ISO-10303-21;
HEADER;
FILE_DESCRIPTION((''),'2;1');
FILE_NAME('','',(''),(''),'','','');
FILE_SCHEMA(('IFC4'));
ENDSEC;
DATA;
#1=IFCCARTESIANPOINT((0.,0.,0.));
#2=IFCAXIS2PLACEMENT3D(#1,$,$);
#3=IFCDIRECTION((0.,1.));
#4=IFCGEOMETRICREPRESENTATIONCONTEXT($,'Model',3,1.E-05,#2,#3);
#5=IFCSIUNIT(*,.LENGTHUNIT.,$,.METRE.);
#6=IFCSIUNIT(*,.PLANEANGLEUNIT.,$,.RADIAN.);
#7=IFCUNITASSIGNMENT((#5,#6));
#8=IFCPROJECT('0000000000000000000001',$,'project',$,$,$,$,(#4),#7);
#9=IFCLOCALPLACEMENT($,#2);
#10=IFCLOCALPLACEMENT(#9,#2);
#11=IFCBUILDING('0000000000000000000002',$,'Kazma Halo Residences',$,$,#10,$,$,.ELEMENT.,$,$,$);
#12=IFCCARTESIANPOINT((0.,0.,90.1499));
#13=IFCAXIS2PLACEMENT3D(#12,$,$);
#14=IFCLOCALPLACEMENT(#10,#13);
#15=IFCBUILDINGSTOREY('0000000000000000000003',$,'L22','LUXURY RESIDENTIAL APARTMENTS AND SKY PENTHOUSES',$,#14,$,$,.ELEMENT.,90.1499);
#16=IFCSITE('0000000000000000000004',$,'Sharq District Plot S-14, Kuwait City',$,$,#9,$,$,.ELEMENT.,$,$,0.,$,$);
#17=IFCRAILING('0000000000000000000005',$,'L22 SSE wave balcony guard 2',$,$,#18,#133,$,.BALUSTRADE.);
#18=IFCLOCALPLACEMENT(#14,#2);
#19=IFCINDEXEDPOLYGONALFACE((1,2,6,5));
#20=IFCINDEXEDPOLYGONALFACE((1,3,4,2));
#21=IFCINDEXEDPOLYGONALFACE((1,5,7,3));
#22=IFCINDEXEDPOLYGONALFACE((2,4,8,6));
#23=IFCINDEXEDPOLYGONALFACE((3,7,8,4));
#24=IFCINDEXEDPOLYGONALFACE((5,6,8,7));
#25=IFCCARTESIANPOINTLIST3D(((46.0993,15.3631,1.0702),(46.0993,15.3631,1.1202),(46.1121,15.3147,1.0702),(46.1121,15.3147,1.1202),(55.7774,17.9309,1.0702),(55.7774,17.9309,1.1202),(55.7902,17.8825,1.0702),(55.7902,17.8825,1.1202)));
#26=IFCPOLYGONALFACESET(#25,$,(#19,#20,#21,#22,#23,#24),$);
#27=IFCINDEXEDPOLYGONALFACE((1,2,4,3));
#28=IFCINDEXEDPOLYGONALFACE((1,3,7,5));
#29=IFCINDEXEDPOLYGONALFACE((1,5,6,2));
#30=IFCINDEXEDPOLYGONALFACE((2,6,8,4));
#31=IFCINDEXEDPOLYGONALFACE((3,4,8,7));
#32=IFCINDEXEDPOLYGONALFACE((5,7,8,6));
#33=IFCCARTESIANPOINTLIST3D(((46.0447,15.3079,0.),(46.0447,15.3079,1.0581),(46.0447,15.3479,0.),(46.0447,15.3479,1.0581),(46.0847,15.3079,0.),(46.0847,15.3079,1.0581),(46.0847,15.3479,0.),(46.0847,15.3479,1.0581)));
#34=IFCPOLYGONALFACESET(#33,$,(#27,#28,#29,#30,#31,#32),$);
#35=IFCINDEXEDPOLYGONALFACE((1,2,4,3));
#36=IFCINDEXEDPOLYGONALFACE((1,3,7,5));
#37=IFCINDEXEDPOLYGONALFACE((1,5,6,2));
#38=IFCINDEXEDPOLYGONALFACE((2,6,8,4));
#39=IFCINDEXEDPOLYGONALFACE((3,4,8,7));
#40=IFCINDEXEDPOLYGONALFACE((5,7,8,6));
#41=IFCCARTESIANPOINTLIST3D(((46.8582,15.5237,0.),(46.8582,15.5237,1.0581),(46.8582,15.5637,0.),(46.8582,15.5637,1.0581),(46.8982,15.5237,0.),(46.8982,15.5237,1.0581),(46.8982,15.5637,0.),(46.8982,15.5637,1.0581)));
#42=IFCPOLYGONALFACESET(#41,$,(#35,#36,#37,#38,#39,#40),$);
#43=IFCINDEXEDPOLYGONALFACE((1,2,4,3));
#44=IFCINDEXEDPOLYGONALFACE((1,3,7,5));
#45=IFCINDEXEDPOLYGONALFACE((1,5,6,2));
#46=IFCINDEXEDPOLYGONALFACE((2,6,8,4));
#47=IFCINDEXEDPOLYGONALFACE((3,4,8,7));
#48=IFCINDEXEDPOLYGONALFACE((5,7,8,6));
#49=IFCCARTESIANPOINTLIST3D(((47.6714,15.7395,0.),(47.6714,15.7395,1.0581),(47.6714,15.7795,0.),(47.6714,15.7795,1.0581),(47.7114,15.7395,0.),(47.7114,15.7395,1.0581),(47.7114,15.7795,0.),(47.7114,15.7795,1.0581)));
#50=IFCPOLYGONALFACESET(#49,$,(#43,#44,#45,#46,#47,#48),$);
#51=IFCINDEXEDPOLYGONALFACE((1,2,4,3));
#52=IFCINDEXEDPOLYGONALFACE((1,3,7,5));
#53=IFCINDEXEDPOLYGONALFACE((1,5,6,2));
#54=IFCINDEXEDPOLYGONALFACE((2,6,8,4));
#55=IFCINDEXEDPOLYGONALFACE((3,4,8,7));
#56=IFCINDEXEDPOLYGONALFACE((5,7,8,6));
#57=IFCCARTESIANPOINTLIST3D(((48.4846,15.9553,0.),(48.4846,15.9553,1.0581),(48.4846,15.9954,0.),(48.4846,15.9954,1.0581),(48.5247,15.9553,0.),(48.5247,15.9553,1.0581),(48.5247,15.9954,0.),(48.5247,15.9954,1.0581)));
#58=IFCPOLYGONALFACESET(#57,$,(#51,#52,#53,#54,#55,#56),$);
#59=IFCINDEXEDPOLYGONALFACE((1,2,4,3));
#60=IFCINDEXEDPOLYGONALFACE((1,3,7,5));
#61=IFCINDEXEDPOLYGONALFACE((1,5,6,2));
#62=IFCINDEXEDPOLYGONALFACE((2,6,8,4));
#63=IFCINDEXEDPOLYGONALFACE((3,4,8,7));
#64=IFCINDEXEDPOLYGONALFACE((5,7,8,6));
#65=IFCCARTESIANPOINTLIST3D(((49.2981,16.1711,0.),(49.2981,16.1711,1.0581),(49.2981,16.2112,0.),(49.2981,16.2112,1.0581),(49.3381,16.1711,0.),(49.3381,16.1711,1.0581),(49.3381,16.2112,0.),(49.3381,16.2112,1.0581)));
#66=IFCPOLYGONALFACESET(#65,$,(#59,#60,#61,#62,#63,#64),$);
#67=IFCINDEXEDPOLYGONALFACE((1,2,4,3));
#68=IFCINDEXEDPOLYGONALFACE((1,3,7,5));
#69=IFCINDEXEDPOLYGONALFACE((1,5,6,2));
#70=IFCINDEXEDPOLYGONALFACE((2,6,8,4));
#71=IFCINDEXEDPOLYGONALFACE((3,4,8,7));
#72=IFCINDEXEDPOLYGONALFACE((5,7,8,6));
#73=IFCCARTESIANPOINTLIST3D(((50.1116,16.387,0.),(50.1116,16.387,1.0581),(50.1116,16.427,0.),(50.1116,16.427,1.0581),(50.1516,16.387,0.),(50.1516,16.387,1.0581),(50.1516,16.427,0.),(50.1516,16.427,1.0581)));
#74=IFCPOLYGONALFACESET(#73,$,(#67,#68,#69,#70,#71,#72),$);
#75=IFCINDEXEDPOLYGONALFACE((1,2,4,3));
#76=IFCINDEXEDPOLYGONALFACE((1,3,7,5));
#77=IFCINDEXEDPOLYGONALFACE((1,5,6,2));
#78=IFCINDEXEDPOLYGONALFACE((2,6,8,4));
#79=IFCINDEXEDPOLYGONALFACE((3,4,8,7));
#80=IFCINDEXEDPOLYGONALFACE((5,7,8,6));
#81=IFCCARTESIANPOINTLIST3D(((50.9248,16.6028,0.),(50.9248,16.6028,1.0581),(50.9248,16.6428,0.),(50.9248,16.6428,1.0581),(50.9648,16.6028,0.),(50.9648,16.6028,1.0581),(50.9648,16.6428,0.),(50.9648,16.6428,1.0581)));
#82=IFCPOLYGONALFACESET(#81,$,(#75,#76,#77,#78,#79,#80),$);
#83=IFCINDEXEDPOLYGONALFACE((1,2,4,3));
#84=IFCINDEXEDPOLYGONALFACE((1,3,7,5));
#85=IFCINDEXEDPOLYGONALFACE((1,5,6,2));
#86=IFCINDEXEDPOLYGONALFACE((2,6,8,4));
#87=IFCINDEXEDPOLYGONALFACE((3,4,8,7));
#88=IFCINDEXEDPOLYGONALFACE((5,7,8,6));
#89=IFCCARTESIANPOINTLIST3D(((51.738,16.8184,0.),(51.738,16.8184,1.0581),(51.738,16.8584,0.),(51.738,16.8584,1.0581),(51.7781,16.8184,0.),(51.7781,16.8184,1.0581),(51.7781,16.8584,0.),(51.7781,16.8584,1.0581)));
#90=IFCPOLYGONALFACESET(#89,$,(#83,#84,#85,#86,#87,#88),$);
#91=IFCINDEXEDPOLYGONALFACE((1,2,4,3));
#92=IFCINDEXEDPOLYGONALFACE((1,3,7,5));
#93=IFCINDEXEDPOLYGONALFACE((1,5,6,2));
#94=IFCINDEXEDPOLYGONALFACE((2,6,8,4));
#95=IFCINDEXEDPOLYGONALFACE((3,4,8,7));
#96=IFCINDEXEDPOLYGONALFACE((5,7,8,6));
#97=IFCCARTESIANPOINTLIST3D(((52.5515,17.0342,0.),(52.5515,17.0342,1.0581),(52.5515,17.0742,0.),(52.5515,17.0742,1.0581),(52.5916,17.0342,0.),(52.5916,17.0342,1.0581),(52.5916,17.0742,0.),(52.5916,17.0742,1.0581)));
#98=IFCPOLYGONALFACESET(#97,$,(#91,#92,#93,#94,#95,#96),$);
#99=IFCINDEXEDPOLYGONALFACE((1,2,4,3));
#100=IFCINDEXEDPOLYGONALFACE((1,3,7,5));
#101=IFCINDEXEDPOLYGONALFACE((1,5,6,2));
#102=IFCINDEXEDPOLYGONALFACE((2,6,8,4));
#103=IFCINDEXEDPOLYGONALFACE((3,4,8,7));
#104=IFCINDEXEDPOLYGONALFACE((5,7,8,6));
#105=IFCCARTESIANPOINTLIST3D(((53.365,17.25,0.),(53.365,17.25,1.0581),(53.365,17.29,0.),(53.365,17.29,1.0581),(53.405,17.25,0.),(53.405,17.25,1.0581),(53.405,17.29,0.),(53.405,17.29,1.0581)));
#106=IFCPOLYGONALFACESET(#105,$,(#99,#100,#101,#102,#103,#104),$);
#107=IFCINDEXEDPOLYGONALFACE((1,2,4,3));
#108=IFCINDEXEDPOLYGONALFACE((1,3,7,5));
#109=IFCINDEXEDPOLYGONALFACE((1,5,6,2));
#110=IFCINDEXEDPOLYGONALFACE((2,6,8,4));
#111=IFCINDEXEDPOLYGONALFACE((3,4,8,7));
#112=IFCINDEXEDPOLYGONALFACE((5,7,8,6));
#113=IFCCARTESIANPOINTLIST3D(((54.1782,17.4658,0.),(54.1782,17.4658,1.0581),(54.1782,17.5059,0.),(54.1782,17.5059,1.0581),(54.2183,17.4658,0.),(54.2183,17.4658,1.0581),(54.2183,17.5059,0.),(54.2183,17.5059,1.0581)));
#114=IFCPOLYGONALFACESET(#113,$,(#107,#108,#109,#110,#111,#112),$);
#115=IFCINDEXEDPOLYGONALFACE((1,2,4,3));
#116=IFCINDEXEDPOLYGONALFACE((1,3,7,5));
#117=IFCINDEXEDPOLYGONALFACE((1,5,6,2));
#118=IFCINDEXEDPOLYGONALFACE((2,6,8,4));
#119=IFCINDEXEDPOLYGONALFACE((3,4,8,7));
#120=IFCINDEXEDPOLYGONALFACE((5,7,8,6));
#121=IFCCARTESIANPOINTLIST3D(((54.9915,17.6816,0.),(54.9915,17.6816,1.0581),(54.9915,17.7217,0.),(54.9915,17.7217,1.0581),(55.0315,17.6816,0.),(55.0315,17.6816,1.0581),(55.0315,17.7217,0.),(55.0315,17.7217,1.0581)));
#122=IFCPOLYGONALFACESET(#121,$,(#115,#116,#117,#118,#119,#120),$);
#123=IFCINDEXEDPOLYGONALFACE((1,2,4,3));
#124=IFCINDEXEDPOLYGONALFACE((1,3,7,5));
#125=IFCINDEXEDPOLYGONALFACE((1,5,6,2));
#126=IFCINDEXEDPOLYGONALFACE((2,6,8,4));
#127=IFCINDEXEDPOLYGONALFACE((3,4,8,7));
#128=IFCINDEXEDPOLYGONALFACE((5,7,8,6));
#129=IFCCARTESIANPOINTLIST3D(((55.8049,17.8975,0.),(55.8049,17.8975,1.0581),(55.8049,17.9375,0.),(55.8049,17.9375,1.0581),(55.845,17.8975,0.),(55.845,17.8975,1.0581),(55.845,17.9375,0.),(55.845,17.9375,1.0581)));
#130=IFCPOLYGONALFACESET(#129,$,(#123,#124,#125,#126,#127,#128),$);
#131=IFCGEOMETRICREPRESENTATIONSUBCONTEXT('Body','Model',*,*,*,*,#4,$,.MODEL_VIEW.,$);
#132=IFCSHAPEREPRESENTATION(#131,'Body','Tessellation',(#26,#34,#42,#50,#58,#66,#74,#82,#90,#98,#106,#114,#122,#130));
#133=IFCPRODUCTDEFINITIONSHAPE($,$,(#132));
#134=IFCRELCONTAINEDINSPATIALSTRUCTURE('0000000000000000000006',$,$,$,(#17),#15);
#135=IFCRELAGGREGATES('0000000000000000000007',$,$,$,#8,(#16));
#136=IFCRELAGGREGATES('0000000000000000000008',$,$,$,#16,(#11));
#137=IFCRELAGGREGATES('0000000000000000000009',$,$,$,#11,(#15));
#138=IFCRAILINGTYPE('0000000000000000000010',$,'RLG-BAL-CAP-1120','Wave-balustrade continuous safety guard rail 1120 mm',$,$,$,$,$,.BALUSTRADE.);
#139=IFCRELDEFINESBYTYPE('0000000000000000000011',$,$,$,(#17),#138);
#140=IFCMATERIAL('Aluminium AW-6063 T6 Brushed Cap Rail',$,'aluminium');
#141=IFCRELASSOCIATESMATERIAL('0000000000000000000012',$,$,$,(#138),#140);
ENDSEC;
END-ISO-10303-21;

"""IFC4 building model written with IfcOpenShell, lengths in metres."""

from ifc_helpers import new_model, si_unit, direction, frame, origin, origin_2d, place, context, subcontext, project, spatial, rectangle, extrude, material, type_object, element, save


model = new_model("IFC4")

# Units and contexts
model_context = context("Model", 3, precision=1e-05, world=origin(), true_north=direction((0.0, 1.0)))
body_context = subcontext(model_context, "Body", "Model", "MODEL_VIEW")
ifc_project = project(units=[si_unit("LENGTHUNIT", "METRE"), si_unit("PLANEANGLEUNIT", "RADIAN")], contexts=[model_context])

# Site, building, storey
site_placement = place(None, origin())
site = spatial("IfcSite", under=ifc_project, at=site_placement, Name="Sharq District Plot S-14, Kuwait City", CompositionType="ELEMENT", RefElevation=0.0)
building_placement = place(site_placement, origin())
building = spatial("IfcBuilding", under=site, at=building_placement, Name="Kazma Halo Residences", CompositionType="ELEMENT")
storey_placement = place(building_placement, frame((0.0, 0.0, 90.1499)))
storey = spatial("IfcBuildingStorey", under=building, at=storey_placement, Name="L22", Description="LUXURY RESIDENTIAL APARTMENTS AND SKY PENTHOUSES", CompositionType="ELEMENT", Elevation=90.1499)

# Railing
ifc_material_1 = material(Name="Aluminium AW-6063 T6 Brushed Cap Rail", Category="aluminium")
railing_type = type_object("IfcRailingType", Name="RLG-BAL-CAP-1120", Description="Wave-balustrade continuous safety guard rail 1120 mm", PredefinedType="BALUSTRADE", material=ifc_material_1)
railing_1_placement = place(storey_placement, frame((46.0647, 15.3279, 0.0)))
element("IfcRailing", 1, at=railing_1_placement, inside=storey, type_object=railing_type, Name="L22 SSE wave balcony guard 2", PredefinedType="BALUSTRADE", context=body_context, shape_type="SweptSolid", body=[
    extrude(rectangle(XDim=0.05, YDim=0.05, at=origin_2d()), frame((0.041, 0.011, 1.0952), z_axis=(0.966558, 0.256448, 0.0), x_axis=(-0.256448, 0.966558, 0.0)), (0.0, 0.0, 1.0), 10.0129),
    extrude(rectangle(XDim=0.04, YDim=0.04, at=origin_2d()), origin(), (0.0, 0.0, 1.0), 1.0581),
    extrude(rectangle(XDim=0.04, YDim=0.04, at=origin_2d()), frame((0.8135, 0.2158, 0.0)), (0.0, 0.0, 1.0), 1.0581),
    extrude(rectangle(XDim=0.04, YDim=0.04, at=origin_2d()), frame((1.6267, 0.4316, 0.0)), (0.0, 0.0, 1.0), 1.0581),
    extrude(rectangle(XDim=0.04, YDim=0.04, at=origin_2d()), frame((2.4399, 0.6475, 0.0)), (0.0, 0.0, 1.0), 1.0581),
    extrude(rectangle(XDim=0.04, YDim=0.04, at=origin_2d()), frame((3.2534, 0.8633, 0.0)), (0.0, 0.0, 1.0), 1.0581),
    extrude(rectangle(XDim=0.04, YDim=0.04, at=origin_2d()), frame((4.0669, 1.0791, 0.0)), (0.0, 0.0, 1.0), 1.0581),
    extrude(rectangle(XDim=0.04, YDim=0.04, at=origin_2d()), frame((4.8801, 1.2949, 0.0)), (0.0, 0.0, 1.0), 1.0581),
    extrude(rectangle(XDim=0.04, YDim=0.04, at=origin_2d()), frame((5.6934, 1.5105, 0.0)), (0.0, 0.0, 1.0), 1.0581),
    extrude(rectangle(XDim=0.04, YDim=0.04, at=origin_2d()), frame((6.5068, 1.7263, 0.0)), (0.0, 0.0, 1.0), 1.0581),
    extrude(rectangle(XDim=0.04, YDim=0.04, at=origin_2d()), frame((7.3203, 1.9421, 0.0)), (0.0, 0.0, 1.0), 1.0581),
    extrude(rectangle(XDim=0.04, YDim=0.04, at=origin_2d()), frame((8.1335, 2.158, 0.0)), (0.0, 0.0, 1.0), 1.0581),
    extrude(rectangle(XDim=0.04, YDim=0.04, at=origin_2d()), frame((8.9468, 2.3738, 0.0)), (0.0, 0.0, 1.0), 1.0581),
    extrude(rectangle(XDim=0.04, YDim=0.04, at=origin_2d()), frame((9.7603, 2.5896, 0.0)), (0.0, 0.0, 1.0), 1.0581),
])

save(model, "model.ifc")
